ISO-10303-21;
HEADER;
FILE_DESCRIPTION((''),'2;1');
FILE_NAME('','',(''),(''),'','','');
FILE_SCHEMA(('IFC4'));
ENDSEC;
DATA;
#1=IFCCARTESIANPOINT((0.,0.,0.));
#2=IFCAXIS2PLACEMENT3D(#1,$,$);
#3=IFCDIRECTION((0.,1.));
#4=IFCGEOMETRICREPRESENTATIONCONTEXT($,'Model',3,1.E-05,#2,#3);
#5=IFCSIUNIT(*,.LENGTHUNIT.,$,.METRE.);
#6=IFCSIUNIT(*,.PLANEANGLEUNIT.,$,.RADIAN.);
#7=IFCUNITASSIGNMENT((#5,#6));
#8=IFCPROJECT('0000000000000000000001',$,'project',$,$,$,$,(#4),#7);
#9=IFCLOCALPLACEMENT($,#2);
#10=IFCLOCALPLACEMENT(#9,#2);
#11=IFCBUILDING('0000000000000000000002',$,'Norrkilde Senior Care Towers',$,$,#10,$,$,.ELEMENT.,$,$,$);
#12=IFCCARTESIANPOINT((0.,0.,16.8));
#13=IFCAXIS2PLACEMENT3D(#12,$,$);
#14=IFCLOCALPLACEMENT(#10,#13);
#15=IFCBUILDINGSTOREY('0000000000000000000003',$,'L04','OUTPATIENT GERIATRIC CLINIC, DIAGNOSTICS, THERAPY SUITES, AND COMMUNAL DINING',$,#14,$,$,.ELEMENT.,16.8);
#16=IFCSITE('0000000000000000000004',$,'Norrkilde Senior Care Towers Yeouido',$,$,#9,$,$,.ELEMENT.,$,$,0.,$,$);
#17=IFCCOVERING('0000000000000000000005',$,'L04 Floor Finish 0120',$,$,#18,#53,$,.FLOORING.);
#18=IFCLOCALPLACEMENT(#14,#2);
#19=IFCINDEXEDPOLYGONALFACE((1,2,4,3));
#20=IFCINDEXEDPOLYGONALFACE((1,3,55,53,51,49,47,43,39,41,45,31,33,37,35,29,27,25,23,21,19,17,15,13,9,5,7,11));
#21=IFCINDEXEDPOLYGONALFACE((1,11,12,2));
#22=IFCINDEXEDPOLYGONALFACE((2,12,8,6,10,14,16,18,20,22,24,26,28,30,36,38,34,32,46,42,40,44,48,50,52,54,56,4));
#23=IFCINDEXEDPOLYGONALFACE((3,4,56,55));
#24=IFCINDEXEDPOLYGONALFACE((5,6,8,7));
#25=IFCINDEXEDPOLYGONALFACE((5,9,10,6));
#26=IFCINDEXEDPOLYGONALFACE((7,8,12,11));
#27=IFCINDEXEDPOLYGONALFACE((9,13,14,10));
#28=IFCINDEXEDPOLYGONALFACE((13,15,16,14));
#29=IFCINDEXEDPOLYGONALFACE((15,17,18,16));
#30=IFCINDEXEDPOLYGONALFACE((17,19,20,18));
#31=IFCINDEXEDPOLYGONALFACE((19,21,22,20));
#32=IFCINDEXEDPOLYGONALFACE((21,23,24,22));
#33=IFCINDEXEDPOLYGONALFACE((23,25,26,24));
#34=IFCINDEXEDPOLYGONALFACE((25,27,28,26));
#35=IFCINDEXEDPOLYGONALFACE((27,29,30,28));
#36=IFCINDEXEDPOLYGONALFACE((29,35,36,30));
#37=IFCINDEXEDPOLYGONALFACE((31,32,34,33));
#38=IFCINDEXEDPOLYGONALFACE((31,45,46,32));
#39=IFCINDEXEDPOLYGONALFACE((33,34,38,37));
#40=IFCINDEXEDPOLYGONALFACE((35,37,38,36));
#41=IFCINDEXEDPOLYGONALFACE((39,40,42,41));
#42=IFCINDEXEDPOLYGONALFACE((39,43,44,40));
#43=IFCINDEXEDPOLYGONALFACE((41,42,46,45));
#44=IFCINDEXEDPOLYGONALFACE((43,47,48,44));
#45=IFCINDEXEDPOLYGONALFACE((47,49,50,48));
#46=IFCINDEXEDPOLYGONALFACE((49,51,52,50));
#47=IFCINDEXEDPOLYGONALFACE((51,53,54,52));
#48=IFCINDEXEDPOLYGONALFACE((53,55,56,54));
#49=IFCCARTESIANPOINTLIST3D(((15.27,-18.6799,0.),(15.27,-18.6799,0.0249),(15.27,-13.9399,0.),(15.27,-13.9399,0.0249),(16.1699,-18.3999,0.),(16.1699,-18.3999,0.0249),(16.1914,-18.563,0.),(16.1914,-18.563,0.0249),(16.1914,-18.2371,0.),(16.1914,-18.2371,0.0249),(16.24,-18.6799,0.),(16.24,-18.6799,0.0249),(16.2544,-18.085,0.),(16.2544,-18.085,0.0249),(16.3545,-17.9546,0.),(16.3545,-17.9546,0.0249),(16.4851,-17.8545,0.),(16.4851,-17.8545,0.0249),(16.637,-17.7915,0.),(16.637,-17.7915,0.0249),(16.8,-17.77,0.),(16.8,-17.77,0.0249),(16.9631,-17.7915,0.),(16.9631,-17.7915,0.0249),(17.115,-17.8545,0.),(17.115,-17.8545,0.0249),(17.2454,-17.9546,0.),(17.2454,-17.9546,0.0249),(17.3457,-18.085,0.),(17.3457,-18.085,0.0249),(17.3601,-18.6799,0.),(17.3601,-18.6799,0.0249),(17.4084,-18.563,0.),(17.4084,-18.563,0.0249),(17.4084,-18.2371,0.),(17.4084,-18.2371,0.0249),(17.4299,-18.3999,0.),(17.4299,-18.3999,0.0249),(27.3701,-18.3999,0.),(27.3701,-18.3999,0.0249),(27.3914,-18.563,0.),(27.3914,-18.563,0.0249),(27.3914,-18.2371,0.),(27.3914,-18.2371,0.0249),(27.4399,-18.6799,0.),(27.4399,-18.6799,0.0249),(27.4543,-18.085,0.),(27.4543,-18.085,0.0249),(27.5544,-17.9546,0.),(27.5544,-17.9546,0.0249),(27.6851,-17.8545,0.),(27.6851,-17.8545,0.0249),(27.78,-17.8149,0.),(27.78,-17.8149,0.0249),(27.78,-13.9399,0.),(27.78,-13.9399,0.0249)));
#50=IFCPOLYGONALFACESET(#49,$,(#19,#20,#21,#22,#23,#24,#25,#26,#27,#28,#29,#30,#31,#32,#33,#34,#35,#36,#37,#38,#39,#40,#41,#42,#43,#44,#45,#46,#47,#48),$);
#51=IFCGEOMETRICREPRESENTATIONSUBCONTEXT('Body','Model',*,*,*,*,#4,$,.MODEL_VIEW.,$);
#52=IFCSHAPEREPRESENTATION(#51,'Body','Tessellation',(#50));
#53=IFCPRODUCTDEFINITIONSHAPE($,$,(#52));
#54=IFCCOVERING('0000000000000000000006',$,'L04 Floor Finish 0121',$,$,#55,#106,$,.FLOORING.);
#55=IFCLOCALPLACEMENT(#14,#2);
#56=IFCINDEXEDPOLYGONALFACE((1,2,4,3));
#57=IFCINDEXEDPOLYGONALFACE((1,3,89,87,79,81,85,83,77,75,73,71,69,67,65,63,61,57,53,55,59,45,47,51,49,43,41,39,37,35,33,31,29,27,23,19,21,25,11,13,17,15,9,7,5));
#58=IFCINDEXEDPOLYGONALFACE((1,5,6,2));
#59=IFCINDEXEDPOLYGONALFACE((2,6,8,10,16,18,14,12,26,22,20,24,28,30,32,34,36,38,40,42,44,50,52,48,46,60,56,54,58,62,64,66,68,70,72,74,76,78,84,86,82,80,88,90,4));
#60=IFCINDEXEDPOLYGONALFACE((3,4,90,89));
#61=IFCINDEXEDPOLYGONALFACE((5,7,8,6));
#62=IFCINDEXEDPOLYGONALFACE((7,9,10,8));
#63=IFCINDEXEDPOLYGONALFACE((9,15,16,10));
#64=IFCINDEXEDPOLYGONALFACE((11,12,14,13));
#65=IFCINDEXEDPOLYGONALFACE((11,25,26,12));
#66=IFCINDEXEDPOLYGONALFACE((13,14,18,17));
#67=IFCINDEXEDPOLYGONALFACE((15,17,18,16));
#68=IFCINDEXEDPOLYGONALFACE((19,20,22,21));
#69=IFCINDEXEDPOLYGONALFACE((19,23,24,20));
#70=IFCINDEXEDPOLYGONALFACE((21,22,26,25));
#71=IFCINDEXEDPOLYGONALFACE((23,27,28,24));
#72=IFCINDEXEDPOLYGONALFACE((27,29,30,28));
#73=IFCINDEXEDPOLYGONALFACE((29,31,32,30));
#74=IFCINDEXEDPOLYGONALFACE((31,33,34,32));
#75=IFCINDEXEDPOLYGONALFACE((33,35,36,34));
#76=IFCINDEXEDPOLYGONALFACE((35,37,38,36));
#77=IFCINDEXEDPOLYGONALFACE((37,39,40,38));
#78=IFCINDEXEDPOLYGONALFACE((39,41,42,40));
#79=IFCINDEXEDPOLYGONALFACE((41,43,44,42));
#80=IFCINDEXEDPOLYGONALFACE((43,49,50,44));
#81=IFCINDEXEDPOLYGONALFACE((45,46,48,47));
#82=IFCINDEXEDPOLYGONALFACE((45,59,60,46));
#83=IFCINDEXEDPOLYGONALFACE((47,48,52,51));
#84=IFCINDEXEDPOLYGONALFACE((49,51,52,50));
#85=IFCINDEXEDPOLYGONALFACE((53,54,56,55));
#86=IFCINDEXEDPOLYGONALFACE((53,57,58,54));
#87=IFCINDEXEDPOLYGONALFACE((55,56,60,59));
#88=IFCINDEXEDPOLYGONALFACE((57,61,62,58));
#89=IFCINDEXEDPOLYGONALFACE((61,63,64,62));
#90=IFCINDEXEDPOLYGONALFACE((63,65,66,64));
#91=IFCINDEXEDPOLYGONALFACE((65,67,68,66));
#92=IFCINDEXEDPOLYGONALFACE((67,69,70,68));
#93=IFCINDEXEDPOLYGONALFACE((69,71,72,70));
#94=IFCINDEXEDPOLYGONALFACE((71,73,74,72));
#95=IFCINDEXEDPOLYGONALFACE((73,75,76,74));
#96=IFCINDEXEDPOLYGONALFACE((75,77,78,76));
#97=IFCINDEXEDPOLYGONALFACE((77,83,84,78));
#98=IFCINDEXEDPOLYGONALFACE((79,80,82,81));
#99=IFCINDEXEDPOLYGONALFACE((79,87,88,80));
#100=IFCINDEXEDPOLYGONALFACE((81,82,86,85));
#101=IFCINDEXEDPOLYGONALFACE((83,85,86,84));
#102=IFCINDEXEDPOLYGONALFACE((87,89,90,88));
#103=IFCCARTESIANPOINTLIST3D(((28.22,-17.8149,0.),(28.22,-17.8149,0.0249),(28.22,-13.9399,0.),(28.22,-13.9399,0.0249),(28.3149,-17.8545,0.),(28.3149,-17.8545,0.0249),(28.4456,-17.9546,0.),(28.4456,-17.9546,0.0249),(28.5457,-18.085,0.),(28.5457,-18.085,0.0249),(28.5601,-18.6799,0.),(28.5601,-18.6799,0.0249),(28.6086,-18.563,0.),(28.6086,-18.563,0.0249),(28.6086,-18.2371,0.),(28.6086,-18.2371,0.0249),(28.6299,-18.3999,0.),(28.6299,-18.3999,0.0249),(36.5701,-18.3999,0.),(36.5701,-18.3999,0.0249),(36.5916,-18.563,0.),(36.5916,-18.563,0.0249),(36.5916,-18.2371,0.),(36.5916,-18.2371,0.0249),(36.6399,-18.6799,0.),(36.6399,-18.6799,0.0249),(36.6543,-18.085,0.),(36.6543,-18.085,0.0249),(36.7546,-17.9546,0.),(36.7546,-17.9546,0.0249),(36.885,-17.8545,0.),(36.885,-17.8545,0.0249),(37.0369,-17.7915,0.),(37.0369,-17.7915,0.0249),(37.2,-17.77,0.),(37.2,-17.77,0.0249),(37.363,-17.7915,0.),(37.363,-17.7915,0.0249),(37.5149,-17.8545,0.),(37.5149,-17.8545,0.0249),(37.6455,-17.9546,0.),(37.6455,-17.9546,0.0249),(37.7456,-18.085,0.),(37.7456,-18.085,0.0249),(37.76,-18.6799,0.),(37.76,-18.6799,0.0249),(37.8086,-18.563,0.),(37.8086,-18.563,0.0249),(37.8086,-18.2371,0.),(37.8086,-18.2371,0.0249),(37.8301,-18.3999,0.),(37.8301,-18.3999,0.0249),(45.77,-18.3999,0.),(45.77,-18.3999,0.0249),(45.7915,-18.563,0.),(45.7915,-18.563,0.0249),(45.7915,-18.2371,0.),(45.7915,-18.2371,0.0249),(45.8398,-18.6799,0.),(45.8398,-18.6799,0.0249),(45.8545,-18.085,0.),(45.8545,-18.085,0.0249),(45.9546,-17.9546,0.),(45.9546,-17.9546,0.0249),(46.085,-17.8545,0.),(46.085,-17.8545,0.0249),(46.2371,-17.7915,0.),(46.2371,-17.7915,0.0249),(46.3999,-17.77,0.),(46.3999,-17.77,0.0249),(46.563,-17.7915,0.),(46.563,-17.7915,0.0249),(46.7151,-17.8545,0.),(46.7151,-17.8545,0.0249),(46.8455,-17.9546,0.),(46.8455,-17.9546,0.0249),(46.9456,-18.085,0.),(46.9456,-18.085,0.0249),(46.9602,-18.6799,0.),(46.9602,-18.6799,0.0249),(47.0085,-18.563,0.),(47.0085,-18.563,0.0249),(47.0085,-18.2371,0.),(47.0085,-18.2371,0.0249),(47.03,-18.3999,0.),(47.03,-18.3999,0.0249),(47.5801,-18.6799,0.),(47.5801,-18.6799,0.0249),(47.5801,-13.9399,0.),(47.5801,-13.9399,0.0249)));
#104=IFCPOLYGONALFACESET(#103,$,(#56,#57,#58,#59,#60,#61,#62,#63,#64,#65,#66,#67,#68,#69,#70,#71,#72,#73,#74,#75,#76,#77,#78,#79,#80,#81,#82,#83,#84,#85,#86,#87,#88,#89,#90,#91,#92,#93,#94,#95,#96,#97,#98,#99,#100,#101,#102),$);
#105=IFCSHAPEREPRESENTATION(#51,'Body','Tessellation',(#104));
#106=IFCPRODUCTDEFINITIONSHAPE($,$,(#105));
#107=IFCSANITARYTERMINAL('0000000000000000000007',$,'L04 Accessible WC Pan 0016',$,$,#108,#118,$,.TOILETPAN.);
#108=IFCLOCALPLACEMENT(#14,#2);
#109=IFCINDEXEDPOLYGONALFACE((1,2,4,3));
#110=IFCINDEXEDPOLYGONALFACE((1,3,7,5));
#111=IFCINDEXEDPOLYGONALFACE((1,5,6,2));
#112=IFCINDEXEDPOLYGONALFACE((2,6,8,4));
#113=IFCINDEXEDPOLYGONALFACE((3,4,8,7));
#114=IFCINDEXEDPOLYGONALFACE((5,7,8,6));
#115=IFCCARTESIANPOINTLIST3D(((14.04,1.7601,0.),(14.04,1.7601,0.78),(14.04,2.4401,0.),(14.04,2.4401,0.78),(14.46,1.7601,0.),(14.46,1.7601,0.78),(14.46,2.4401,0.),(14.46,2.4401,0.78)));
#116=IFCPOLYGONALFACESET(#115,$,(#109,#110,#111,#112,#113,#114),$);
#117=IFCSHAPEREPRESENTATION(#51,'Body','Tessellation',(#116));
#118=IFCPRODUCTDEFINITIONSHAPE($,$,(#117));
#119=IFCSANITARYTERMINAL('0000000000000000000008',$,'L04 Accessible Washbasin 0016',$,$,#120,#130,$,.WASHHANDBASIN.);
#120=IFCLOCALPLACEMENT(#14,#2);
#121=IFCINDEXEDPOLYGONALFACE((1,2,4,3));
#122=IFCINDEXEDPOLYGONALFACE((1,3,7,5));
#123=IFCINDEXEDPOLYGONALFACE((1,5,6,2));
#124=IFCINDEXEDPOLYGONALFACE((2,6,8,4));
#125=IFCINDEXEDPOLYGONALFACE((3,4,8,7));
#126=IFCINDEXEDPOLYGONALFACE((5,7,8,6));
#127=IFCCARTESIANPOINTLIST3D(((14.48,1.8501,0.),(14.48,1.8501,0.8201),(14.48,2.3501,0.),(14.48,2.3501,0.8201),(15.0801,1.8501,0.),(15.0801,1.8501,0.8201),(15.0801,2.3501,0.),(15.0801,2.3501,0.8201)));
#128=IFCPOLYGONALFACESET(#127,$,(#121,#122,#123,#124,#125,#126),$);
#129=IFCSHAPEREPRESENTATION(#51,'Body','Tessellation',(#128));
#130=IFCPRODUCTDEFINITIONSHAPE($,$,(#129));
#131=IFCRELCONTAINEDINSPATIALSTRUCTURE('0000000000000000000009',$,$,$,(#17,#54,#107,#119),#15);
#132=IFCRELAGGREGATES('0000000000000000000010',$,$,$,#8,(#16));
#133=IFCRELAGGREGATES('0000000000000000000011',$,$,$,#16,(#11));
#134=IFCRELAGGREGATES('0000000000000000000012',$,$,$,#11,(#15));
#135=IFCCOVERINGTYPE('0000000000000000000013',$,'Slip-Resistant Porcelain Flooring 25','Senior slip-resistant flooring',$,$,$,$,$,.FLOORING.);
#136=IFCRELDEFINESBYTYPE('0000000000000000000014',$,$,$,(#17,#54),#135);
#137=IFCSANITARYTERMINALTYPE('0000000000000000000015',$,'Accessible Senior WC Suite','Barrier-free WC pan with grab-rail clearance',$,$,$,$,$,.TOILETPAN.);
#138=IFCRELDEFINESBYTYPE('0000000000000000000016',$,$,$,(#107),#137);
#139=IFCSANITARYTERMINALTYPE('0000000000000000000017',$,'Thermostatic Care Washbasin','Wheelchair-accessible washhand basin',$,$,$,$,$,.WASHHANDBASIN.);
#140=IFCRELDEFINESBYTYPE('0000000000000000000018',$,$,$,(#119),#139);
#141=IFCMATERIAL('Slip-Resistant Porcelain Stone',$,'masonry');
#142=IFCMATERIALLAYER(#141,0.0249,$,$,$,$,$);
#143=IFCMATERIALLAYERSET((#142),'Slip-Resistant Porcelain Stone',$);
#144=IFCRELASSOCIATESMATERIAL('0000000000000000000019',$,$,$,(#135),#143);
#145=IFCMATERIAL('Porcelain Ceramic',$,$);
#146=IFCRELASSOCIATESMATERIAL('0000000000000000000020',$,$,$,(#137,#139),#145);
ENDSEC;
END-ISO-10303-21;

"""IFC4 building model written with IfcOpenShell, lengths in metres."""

from ifc_helpers import new_model, si_unit, direction, frame, origin, origin_2d, place, context, subcontext, project, spatial, polyline, rectangle, outline, extrude, source, transform, mapped, material, layer, layer_set, type_object, type_shapes, element, save


model = new_model("IFC4")

# Units and contexts
model_context = context("Model", 3, precision=1e-05, world=origin(), true_north=direction((0.0, 1.0)))
body_context = subcontext(model_context, "Body", "Model", "MODEL_VIEW")
ifc_project = project(units=[si_unit("LENGTHUNIT", "METRE"), si_unit("PLANEANGLEUNIT", "RADIAN")], contexts=[model_context])

# Site, building, storey
site_placement = place(None, origin())
site = spatial("IfcSite", under=ifc_project, at=site_placement, Name="Norrkilde Senior Care Towers Yeouido", CompositionType="ELEMENT", RefElevation=0.0)
building_placement = place(site_placement, origin())
building = spatial("IfcBuilding", under=site, at=building_placement, Name="Norrkilde Senior Care Towers", CompositionType="ELEMENT")
storey_placement = place(building_placement, frame((0.0, 0.0, 16.8)))
storey = spatial("IfcBuildingStorey", under=building, at=storey_placement, Name="L04", Description="OUTPATIENT GERIATRIC CLINIC, DIAGNOSTICS, THERAPY SUITES, AND COMMUNAL DINING", CompositionType="ELEMENT", Elevation=16.8)

# Coverings
ifc_material_1 = material(Name="Slip-Resistant Porcelain Stone", Category="masonry")
ifc_layer_1 = layer(ifc_material_1, 0.0249)
ifc_layer_set_1 = layer_set([ifc_layer_1], Name="Slip-Resistant Porcelain Stone")
covering_type_1 = type_object("IfcCoveringType", Name="Slip-Resistant Porcelain Flooring 25", Description="Senior slip-resistant flooring", PredefinedType="FLOORING", material=ifc_layer_set_1)
covering_1_placement = place(storey_placement, origin())
element("IfcCovering", 1, at=covering_1_placement, inside=storey, type_object=covering_type_1, Name="L04 Floor Finish 0120", PredefinedType="FLOORING", context=body_context, shape_type="SweptSolid", body=[
    extrude(outline(polyline([(17.3601, -18.6799), (17.4084, -18.563), (17.4299, -18.3999), (17.4084, -18.2371), (17.3457, -18.085), (17.2454, -17.9546), (17.115, -17.8545), (16.9631, -17.7915), (16.8, -17.77), (16.637, -17.7915), (16.4851, -17.8545), (16.3545, -17.9546), (16.2544, -18.085), (16.1914, -18.2371), (16.1699, -18.3999), (16.1914, -18.563), (16.24, -18.6799), (15.27, -18.6799), (15.27, -13.9399), (27.78, -13.9399), (27.78, -17.8149), (27.6851, -17.8545), (27.5544, -17.9546), (27.4543, -18.085), (27.3914, -18.2371), (27.3701, -18.3999), (27.3914, -18.563), (27.4399, -18.6799), (17.3601, -18.6799)])), origin(), (0.0, 0.0, 1.0), 0.0249),
])
covering_2_placement = place(storey_placement, origin())
element("IfcCovering", 2, at=covering_2_placement, inside=storey, type_object=covering_type_1, Name="L04 Floor Finish 0121", PredefinedType="FLOORING", context=body_context, shape_type="SweptSolid", body=[
    extrude(outline(polyline([(37.8086, -18.563), (37.8301, -18.3999), (37.8086, -18.2371), (37.7456, -18.085), (37.6455, -17.9546), (37.5149, -17.8545), (37.363, -17.7915), (37.2, -17.77), (37.0369, -17.7915), (36.885, -17.8545), (36.7546, -17.9546), (36.6543, -18.085), (36.5916, -18.2371), (36.5701, -18.3999), (36.5916, -18.563), (36.6399, -18.6799), (28.5601, -18.6799), (28.6086, -18.563), (28.6299, -18.3999), (28.6086, -18.2371), (28.5457, -18.085), (28.4456, -17.9546), (28.3149, -17.8545), (28.22, -17.8149), (28.22, -13.9399), (47.5801, -13.9399), (47.5801, -18.6799), (46.9602, -18.6799), (47.0085, -18.563), (47.03, -18.3999), (47.0085, -18.2371), (46.9456, -18.085), (46.8455, -17.9546), (46.7151, -17.8545), (46.563, -17.7915), (46.3999, -17.77), (46.2371, -17.7915), (46.085, -17.8545), (45.9546, -17.9546), (45.8545, -18.085), (45.7915, -18.2371), (45.77, -18.3999), (45.7915, -18.563), (45.8398, -18.6799), (37.76, -18.6799), (37.8086, -18.563)])), origin(), (0.0, 0.0, 1.0), 0.0249),
])

# Sanitary terminals
ifc_material_2 = material(Name="Porcelain Ceramic")
sanitary_terminal_type_1 = type_object("IfcSanitaryTerminalType", Name="Accessible Senior WC Suite", Description="Barrier-free WC pan with grab-rail clearance", PredefinedType="TOILETPAN", material=ifc_material_2)
shared_shape_1 = source(origin(), body_context, "Body", "SweptSolid", [
    extrude(rectangle(XDim=0.4199, YDim=0.6799, at=origin_2d()), origin(), (0.0, 0.0, 1.0), 0.78),
])
type_shapes(sanitary_terminal_type_1, [shared_shape_1])
sanitary_terminal_1_placement = place(storey_placement, frame((14.25, 2.1001, 0.0), z_axis=(0.0, 0.0, 1.0), x_axis=(1.0, 0.0, 0.0)))
element("IfcSanitaryTerminal", 3, at=sanitary_terminal_1_placement, inside=storey, type_object=sanitary_terminal_type_1, Name="L04 Accessible WC Pan 0016", PredefinedType="TOILETPAN", context=body_context, shape_type="MappedRepresentation", body=[
    mapped(shared_shape_1, transform((0.0, 0.0, 0.0), x_axis=(1.0, 0.0, 0.0), y_axis=(0.0, 1.0, 0.0), z_axis=(0.0, 0.0, 1.0), scale=1.0)),
])
sanitary_terminal_type_2 = type_object("IfcSanitaryTerminalType", Name="Thermostatic Care Washbasin", Description="Wheelchair-accessible washhand basin", PredefinedType="WASHHANDBASIN", material=ifc_material_2)
shared_shape_2 = source(origin(), body_context, "Body", "SweptSolid", [
    extrude(rectangle(XDim=0.6001, YDim=0.5, at=origin_2d()), origin(), (0.0, 0.0, 1.0), 0.8201),
])
type_shapes(sanitary_terminal_type_2, [shared_shape_2])
sanitary_terminal_2_placement = place(storey_placement, frame((14.78, 2.1001, 0.0), z_axis=(0.0, 0.0, 1.0), x_axis=(1.0, 0.0, 0.0)))
element("IfcSanitaryTerminal", 4, at=sanitary_terminal_2_placement, inside=storey, type_object=sanitary_terminal_type_2, Name="L04 Accessible Washbasin 0016", PredefinedType="WASHHANDBASIN", context=body_context, shape_type="MappedRepresentation", body=[
    mapped(shared_shape_2, transform((0.0, 0.0, 0.0), x_axis=(1.0, 0.0, 0.0), y_axis=(0.0, 1.0, 0.0), z_axis=(0.0, 0.0, 1.0), scale=1.0)),
])

save(model, "model.ifc")
